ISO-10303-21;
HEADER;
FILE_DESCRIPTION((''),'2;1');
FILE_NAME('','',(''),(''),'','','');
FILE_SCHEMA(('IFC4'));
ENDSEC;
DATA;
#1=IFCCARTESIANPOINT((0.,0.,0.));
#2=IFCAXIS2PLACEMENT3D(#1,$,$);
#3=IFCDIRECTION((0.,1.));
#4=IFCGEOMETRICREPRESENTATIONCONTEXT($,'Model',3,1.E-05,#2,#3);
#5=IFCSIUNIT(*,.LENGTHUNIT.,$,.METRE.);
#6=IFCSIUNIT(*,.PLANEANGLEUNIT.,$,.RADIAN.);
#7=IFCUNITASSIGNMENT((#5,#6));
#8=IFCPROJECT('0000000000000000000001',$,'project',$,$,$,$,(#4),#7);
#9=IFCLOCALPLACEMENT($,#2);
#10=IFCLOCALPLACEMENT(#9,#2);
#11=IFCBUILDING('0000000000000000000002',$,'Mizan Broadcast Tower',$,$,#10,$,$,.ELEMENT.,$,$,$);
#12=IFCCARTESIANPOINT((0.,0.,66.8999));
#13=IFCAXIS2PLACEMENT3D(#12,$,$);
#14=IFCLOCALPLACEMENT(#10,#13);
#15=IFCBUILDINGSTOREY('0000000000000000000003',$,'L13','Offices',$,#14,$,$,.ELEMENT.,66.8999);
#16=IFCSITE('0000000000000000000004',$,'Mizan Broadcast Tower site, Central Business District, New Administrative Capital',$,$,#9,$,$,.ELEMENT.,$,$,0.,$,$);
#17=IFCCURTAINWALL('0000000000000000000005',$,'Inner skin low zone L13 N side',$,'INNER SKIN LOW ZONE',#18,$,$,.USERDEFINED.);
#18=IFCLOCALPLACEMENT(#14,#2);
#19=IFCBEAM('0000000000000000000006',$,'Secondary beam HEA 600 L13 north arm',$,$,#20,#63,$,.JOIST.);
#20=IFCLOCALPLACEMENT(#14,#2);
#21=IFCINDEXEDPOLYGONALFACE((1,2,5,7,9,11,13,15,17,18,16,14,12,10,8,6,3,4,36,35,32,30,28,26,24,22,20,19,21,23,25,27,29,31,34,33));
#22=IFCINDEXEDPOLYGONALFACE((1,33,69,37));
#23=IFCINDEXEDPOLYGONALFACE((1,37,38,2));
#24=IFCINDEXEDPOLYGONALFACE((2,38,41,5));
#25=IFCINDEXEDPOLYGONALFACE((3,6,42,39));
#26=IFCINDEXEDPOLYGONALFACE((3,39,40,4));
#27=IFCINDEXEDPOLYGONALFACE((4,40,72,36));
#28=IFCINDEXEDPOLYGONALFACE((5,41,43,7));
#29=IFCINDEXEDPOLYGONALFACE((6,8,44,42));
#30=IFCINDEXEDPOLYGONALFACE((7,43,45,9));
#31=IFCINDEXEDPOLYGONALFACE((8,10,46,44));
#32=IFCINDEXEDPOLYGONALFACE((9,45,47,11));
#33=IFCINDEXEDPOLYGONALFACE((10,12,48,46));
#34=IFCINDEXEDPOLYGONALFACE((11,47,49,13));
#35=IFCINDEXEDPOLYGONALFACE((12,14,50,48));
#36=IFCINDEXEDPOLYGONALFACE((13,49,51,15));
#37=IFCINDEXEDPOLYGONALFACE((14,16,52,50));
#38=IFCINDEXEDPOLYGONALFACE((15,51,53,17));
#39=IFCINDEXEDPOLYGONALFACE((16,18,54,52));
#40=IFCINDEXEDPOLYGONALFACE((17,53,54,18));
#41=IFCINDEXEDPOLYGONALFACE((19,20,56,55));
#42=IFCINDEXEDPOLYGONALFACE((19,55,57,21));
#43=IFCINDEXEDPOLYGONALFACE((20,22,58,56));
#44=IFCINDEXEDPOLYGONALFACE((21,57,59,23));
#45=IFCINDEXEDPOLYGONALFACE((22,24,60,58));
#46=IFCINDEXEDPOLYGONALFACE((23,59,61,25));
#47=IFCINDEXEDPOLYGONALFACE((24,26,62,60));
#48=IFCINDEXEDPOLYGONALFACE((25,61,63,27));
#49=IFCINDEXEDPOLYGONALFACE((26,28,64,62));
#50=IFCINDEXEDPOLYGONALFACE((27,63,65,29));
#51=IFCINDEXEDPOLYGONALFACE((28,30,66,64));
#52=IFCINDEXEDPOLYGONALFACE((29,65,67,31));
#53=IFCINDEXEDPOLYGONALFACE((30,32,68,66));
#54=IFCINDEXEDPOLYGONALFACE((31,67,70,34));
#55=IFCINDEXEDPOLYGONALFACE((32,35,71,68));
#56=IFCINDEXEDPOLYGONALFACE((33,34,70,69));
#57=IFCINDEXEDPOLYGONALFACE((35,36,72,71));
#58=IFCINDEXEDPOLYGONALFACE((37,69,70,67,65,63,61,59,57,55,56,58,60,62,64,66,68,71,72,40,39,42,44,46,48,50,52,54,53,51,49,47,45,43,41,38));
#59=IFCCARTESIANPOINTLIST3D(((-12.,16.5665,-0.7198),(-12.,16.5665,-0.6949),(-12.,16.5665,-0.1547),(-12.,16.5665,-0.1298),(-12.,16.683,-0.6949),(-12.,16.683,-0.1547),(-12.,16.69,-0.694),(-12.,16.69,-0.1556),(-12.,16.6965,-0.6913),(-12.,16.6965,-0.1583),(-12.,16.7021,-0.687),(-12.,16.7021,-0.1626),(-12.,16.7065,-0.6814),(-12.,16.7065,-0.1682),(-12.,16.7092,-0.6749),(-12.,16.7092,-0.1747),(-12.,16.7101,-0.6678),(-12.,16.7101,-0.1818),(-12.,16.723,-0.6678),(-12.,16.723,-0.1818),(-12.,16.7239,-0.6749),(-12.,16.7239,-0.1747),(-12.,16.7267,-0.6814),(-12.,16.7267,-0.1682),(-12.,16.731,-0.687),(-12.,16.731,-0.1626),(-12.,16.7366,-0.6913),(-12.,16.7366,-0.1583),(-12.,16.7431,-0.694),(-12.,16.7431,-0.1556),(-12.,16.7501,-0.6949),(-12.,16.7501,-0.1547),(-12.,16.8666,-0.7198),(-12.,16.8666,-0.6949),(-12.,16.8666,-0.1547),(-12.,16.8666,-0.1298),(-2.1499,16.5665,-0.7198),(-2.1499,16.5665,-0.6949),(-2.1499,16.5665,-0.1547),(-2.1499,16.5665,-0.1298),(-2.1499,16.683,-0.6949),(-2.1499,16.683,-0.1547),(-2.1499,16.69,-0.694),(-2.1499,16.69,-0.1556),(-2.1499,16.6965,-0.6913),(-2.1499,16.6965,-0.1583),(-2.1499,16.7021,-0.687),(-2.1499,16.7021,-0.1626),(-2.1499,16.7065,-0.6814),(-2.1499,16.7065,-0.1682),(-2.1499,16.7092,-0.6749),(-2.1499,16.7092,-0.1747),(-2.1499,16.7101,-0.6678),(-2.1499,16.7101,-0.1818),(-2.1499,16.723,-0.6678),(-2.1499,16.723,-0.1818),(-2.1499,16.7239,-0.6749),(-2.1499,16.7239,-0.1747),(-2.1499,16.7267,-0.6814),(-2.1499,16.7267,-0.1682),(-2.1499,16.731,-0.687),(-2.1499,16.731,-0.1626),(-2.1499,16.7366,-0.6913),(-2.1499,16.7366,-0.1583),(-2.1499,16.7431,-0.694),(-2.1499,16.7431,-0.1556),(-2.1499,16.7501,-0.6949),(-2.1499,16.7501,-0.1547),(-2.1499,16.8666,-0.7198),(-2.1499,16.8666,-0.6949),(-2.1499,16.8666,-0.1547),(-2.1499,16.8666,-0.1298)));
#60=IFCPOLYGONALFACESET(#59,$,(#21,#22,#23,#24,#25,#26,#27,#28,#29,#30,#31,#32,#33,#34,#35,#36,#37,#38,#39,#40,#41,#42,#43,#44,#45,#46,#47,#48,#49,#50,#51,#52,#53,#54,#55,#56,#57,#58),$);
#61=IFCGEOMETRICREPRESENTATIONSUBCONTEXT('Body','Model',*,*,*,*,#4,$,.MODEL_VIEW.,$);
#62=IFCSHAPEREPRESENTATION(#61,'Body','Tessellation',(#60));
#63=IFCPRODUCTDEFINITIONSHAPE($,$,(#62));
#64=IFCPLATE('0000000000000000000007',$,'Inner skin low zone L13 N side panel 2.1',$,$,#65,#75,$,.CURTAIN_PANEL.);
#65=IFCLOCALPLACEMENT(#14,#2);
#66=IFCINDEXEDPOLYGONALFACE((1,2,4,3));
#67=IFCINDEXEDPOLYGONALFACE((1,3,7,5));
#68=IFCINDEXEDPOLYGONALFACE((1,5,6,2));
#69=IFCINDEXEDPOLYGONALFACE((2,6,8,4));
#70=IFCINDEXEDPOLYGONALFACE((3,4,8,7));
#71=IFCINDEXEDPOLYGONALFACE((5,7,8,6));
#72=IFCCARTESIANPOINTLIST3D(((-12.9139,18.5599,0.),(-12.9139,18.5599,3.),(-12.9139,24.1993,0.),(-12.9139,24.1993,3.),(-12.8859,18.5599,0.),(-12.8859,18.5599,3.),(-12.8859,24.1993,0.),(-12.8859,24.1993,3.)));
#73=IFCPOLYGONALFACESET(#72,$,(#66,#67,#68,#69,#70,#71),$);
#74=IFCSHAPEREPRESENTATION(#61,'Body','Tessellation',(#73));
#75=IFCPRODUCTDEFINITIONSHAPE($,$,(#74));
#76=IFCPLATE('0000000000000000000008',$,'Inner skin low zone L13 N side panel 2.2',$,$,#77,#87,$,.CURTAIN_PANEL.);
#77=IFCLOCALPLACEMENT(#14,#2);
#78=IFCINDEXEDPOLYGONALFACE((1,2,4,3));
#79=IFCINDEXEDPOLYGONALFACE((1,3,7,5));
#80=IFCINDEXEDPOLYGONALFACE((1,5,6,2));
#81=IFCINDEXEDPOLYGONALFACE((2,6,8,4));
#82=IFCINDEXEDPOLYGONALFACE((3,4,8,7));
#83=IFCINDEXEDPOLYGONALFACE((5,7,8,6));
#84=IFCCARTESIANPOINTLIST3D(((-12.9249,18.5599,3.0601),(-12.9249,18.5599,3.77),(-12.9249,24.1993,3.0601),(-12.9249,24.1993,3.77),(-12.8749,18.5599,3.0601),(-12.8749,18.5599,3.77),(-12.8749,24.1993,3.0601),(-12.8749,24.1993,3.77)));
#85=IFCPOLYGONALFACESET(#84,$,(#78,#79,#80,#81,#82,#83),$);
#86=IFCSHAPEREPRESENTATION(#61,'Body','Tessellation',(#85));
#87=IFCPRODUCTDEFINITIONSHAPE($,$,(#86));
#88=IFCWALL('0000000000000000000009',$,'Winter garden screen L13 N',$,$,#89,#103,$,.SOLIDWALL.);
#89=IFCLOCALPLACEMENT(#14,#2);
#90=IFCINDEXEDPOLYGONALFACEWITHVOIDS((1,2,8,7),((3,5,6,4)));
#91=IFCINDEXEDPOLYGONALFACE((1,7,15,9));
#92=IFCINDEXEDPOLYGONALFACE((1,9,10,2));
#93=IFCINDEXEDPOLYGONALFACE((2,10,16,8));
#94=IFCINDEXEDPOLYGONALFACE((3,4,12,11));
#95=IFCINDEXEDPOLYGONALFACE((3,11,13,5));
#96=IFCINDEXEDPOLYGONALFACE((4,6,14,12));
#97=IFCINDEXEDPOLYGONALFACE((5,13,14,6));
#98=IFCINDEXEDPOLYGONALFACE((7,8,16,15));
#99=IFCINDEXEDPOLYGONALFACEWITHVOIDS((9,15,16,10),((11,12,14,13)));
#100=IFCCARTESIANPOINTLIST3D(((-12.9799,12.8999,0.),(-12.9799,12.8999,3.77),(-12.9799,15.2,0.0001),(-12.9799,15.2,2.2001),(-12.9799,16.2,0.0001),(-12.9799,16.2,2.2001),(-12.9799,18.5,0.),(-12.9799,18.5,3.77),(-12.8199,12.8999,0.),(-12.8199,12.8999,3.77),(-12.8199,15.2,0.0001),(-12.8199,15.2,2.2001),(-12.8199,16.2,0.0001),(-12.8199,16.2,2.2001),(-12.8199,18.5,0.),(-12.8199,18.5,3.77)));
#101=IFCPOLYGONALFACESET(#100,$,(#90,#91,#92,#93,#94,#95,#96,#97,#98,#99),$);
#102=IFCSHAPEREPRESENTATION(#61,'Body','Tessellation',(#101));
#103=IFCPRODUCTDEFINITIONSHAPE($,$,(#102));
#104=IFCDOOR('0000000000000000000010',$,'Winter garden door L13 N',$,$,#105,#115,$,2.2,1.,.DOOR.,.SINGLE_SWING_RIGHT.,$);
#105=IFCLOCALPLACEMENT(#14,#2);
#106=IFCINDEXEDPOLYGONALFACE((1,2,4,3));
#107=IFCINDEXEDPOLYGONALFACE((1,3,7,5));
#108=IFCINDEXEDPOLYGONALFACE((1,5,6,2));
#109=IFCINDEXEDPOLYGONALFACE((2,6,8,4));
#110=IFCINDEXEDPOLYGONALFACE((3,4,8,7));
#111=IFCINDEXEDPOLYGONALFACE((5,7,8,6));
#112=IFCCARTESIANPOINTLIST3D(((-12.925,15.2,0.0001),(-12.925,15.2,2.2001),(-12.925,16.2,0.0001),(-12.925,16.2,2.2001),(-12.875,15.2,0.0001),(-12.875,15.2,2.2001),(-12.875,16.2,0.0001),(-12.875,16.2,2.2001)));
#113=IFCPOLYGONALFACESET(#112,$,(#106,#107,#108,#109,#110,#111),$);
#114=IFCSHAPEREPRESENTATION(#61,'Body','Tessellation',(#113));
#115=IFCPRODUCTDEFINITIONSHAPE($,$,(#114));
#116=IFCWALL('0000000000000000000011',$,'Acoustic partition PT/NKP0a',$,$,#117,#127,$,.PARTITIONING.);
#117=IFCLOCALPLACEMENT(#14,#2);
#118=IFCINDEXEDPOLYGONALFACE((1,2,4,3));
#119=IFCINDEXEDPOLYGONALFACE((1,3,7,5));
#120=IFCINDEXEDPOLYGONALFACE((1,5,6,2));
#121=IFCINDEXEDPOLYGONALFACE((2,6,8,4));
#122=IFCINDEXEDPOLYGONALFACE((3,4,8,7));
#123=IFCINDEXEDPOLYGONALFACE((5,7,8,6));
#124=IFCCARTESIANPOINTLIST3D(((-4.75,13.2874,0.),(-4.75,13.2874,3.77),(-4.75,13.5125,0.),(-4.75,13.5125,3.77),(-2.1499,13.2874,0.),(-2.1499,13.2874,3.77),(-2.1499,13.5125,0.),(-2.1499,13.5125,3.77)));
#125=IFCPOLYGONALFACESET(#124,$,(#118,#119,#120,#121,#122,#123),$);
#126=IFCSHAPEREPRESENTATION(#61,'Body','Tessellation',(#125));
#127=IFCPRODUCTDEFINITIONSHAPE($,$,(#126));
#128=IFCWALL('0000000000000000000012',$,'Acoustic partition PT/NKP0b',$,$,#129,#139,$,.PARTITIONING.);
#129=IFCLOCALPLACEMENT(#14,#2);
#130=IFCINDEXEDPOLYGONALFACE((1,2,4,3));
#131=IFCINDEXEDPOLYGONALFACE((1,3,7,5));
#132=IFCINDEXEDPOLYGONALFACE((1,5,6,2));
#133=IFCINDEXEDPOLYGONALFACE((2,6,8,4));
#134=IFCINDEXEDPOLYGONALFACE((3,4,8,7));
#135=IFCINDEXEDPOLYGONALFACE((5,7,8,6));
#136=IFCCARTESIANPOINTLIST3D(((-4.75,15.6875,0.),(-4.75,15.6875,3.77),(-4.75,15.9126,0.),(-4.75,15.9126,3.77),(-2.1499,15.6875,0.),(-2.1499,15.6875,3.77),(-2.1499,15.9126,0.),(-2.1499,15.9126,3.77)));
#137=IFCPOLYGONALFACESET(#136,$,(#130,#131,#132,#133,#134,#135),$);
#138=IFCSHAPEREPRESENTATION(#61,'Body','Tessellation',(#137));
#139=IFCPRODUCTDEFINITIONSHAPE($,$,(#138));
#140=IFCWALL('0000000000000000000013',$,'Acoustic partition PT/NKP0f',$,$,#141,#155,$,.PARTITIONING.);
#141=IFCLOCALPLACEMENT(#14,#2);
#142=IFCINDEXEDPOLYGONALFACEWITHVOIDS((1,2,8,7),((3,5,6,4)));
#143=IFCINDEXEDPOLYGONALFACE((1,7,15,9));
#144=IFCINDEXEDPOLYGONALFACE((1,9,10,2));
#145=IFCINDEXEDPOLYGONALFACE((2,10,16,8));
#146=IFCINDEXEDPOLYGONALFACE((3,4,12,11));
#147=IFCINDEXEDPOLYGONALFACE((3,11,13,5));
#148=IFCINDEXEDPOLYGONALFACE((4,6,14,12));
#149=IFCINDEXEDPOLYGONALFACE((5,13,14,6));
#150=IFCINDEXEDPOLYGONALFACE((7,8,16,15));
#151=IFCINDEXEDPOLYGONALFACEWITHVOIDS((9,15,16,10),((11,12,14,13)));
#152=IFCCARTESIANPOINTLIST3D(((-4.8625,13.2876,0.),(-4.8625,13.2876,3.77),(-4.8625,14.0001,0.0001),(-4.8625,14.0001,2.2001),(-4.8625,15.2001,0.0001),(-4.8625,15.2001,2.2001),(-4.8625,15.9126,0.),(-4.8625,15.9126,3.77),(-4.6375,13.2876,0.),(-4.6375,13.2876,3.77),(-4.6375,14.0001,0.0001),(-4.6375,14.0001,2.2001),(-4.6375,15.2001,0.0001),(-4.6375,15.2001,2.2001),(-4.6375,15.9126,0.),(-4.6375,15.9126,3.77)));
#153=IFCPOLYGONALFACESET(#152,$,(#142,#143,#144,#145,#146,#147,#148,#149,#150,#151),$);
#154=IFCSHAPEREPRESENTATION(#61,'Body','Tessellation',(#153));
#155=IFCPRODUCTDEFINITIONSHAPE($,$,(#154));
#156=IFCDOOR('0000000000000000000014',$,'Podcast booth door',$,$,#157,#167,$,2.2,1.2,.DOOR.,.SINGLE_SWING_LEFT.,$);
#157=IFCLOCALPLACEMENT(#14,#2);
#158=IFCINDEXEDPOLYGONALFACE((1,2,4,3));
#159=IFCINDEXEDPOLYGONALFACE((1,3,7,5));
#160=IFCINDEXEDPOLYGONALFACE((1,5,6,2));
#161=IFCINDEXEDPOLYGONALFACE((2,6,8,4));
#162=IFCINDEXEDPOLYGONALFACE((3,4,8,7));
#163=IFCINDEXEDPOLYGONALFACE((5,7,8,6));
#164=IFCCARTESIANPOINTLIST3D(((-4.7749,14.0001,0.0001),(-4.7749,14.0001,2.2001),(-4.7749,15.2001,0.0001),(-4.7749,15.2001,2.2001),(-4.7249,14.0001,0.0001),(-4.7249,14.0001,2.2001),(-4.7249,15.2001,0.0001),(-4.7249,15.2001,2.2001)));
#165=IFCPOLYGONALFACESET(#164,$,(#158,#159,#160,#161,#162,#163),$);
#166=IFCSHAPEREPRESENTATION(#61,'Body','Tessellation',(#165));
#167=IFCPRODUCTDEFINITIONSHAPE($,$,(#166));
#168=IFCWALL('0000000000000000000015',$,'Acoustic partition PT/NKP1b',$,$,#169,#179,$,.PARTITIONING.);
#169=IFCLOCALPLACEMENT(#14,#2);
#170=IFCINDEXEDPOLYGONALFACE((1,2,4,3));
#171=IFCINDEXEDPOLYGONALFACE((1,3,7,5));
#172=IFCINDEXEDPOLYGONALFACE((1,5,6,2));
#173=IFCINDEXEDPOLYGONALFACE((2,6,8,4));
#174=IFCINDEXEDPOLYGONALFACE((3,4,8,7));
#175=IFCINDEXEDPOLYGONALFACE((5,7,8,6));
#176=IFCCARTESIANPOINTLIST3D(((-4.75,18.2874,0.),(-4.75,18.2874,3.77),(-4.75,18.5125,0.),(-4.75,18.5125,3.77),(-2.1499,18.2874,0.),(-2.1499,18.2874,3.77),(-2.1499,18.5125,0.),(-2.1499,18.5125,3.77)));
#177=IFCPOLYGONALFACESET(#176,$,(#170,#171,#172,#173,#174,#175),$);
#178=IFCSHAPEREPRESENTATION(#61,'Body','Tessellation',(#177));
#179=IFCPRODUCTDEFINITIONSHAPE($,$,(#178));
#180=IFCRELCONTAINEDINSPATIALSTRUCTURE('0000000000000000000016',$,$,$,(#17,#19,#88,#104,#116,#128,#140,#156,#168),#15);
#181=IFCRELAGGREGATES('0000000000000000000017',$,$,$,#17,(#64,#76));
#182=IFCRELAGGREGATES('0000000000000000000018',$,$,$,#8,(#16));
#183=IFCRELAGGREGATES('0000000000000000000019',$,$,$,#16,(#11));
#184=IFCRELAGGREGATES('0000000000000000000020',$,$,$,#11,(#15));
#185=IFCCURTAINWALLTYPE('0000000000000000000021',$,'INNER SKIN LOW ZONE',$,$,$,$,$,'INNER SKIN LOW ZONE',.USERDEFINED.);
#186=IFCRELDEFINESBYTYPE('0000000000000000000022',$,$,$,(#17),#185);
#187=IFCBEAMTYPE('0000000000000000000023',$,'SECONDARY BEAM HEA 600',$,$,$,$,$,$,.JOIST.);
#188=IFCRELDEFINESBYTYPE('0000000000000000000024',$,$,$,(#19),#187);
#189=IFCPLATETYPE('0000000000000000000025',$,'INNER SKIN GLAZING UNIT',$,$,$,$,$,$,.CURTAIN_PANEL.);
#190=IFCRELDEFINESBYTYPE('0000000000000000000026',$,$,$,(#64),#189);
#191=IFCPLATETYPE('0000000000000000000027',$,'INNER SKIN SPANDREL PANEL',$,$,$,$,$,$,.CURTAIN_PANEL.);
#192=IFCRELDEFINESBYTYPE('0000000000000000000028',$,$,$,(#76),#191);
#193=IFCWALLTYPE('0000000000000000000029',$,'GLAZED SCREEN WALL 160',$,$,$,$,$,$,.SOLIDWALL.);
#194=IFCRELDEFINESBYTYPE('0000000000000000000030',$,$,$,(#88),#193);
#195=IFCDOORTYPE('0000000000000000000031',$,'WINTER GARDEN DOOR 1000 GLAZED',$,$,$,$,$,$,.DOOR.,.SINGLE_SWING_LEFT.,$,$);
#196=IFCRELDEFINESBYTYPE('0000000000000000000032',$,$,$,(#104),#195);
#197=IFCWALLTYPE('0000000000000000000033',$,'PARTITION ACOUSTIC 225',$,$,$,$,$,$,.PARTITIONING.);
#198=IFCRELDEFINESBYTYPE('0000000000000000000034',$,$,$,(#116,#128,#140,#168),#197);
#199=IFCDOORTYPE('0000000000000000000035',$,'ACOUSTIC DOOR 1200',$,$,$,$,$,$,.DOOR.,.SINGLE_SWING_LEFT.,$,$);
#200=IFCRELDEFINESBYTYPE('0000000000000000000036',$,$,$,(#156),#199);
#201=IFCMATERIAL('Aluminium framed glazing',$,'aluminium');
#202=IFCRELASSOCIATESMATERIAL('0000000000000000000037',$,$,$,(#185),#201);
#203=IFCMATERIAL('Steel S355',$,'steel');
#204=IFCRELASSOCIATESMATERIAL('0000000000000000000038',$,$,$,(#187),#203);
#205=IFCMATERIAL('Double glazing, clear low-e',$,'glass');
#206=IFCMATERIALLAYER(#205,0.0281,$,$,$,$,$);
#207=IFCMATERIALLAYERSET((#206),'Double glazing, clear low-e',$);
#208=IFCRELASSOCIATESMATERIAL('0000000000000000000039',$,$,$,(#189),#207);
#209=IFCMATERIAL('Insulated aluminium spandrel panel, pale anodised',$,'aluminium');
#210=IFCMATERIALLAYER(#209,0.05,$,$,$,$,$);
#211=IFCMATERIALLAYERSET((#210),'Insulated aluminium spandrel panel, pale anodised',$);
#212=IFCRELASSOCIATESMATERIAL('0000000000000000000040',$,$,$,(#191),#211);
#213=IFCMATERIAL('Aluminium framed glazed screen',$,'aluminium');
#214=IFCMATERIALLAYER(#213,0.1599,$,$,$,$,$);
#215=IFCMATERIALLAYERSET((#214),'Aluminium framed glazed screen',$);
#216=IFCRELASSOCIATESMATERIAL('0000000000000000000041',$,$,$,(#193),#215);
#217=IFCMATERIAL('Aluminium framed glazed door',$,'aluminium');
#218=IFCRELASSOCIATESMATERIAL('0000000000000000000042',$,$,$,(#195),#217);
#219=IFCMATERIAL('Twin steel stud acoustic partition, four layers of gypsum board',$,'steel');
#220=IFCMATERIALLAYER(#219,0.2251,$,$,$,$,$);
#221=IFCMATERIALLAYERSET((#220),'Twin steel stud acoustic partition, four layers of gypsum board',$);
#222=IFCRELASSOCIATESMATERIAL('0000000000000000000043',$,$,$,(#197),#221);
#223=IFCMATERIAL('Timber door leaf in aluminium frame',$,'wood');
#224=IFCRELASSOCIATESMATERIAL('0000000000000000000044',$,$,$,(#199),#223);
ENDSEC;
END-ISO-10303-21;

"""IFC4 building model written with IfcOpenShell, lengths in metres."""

from ifc_helpers import new_model, si_unit, direction, frame, frame_2d, origin, origin_2d, place, context, subcontext, project, spatial, rectangle, i_section, extrude, material, layer, layer_set, material_profile, profile_set, type_object, element, fill, aggregate, save


model = new_model("IFC4")

# Units and contexts
model_context = context("Model", 3, precision=1e-05, world=origin(), true_north=direction((0.0, 1.0)))
body_context = subcontext(model_context, "Body", "Model", "MODEL_VIEW")
ifc_project = project(units=[si_unit("LENGTHUNIT", "METRE"), si_unit("PLANEANGLEUNIT", "RADIAN")], contexts=[model_context])

# Site, building, storey
site_placement = place(None, origin())
site = spatial("IfcSite", under=ifc_project, at=site_placement, Name="Mizan Broadcast Tower site, Central Business District, New Administrative Capital", CompositionType="ELEMENT", RefElevation=0.0)
building_placement = place(site_placement, origin())
building = spatial("IfcBuilding", under=site, at=building_placement, Name="Mizan Broadcast Tower", CompositionType="ELEMENT")
storey_placement = place(building_placement, frame((0.0, 0.0, 66.8999)))
storey = spatial("IfcBuildingStorey", under=building, at=storey_placement, Name="L13", Description="Offices", CompositionType="ELEMENT", Elevation=66.8999)

# Curtain wall
ifc_material_1 = material(Name="Aluminium framed glazing", Category="aluminium")
curtain_wall_type = type_object("IfcCurtainWallType", Name="INNER SKIN LOW ZONE", ElementType="INNER SKIN LOW ZONE", PredefinedType="USERDEFINED", material=ifc_material_1)
curtain_wall_placement = place(storey_placement, origin())
curtain_wall = element("IfcCurtainWall", 1, at=curtain_wall_placement, inside=storey, type_object=curtain_wall_type, Name="Inner skin low zone L13 N side", ObjectType="INNER SKIN LOW ZONE", PredefinedType="USERDEFINED")

# Beam
ifc_material_2 = material(Name="Steel S355", Category="steel")
ifc_material_profile_1 = material_profile(ifc_material_2, i_section(OverallWidth=0.3, OverallDepth=0.5901, WebThickness=0.0129, FlangeThickness=0.0249, FilletRadius=0.0271, at=origin_2d()), Name="HEA 600")
ifc_profile_set_1 = profile_set([ifc_material_profile_1], Name="Steel S355")
beam_type_1 = type_object("IfcBeamType", Name="SECONDARY BEAM HEA 600", PredefinedType="JOIST", material=ifc_profile_set_1)
for number, where, z_axis, x_axis, name in (
    (2, (-12.0, 16.7166, -0.4248), (1.0, 0.0, 0.0), (0.0, 1.0, 0.0), "Secondary beam HEA 600 L13 north arm"),
):
    element("IfcBeam", number, at=place(storey_placement, frame(where, z_axis=z_axis, x_axis=x_axis)), inside=storey, type_object=beam_type_1, Name=name, PredefinedType="JOIST", context=body_context, shape_type="SweptSolid", body=[
        extrude(i_section(OverallWidth=0.3, OverallDepth=0.5901, WebThickness=0.0129, FlangeThickness=0.0249, FilletRadius=0.0271, at=origin_2d()), origin(), (0.0, 0.0, 1.0), 9.8501),
    ])

# Plates
ifc_material_3 = material(Name="Double glazing, clear low-e", Category="glass")
ifc_layer_1 = layer(ifc_material_3, 0.0281)
ifc_layer_set_1 = layer_set([ifc_layer_1], Name="Double glazing, clear low-e")
plate_type_1 = type_object("IfcPlateType", Name="INNER SKIN GLAZING UNIT", PredefinedType="CURTAIN_PANEL", material=ifc_layer_set_1)
plate_1_placement = place(storey_placement, frame((-12.8999, 21.3796, 0.0), z_axis=(0.0, 0.0, 1.0), x_axis=(0.0, -1.0, 0.0)))
plate_1 = element("IfcPlate", 3, at=plate_1_placement, type_object=plate_type_1, Name="Inner skin low zone L13 N side panel 2.1", PredefinedType="CURTAIN_PANEL", context=body_context, shape_type="SweptSolid", body=[
    extrude(rectangle(XDim=5.6394, YDim=0.0281, at=origin_2d()), origin(), (0.0, 0.0, 1.0), 3.0),
])
ifc_material_4 = material(Name="Insulated aluminium spandrel panel, pale anodised", Category="aluminium")
ifc_layer_2 = layer(ifc_material_4, 0.05)
ifc_layer_set_2 = layer_set([ifc_layer_2], Name="Insulated aluminium spandrel panel, pale anodised")
plate_type_2 = type_object("IfcPlateType", Name="INNER SKIN SPANDREL PANEL", PredefinedType="CURTAIN_PANEL", material=ifc_layer_set_2)
plate_2_placement = place(storey_placement, frame((-12.8999, 21.3796, 3.0601), z_axis=(0.0, 0.0, 1.0), x_axis=(0.0, -1.0, 0.0)))
plate_2 = element("IfcPlate", 4, at=plate_2_placement, type_object=plate_type_2, Name="Inner skin low zone L13 N side panel 2.2", PredefinedType="CURTAIN_PANEL", context=body_context, shape_type="SweptSolid", body=[
    extrude(rectangle(XDim=5.6394, YDim=0.05, at=origin_2d()), origin(), (0.0, 0.0, 1.0), 0.71),
])
aggregate(curtain_wall, [plate_1, plate_2])

# Wall, opening, door
ifc_material_5 = material(Name="Aluminium framed glazed screen", Category="aluminium")
ifc_layer_3 = layer(ifc_material_5, 0.1599)
ifc_layer_set_3 = layer_set([ifc_layer_3], Name="Aluminium framed glazed screen")
wall_type_1 = type_object("IfcWallType", Name="GLAZED SCREEN WALL 160", PredefinedType="SOLIDWALL", material=ifc_layer_set_3)
wall_1_placement = place(storey_placement, frame((-12.8999, 18.5, 0.0), z_axis=(0.0, 0.0, 1.0), x_axis=(0.0, -1.0, 0.0)))
wall_1 = element("IfcWall", 5, at=wall_1_placement, inside=storey, type_object=wall_type_1, Name="Winter garden screen L13 N", PredefinedType="SOLIDWALL", context=body_context, shape_type="SweptSolid", body=[
    extrude(rectangle(XDim=5.6001, YDim=0.1599, at=frame_2d((2.8, 0.0))), origin(), (0.0, 0.0, 1.0), 3.77),
])
opening_1_placement = place(wall_1_placement, frame((2.3, 0.0, 0.0)))
opening_1 = element("IfcOpeningElement", 6, at=opening_1_placement, cuts=wall_1, PredefinedType="OPENING", context=body_context, shape_type="SweptSolid", body=[
    extrude(rectangle(XDim=1.0, YDim=2.2, at=frame_2d((0.5, 1.1001))), frame((0.0, 0.0898, 0.0), z_axis=(0.0, -1.0, 0.0), x_axis=(1.0, 0.0, 0.0)), (0.0, 0.0, 1.0), 0.1799),
])
ifc_material_6 = material(Name="Aluminium framed glazed door", Category="aluminium")
door_type_1 = type_object("IfcDoorType", Name="WINTER GARDEN DOOR 1000 GLAZED", OperationType="SINGLE_SWING_LEFT", PredefinedType="DOOR", material=ifc_material_6)
door_1_placement = place(opening_1_placement, origin())
door_1 = element("IfcDoor", 7, at=door_1_placement, inside=storey, type_object=door_type_1, Name="Winter garden door L13 N", OperationType="SINGLE_SWING_RIGHT", OverallHeight=2.2, OverallWidth=1.0, PredefinedType="DOOR", context=body_context, shape_type="SweptSolid", body=[
    extrude(rectangle(XDim=1.0, YDim=2.2, at=frame_2d((0.5, 1.1001))), frame((0.0, 0.0249, 0.0), z_axis=(0.0, -1.0, 0.0), x_axis=(1.0, 0.0, 0.0)), (0.0, 0.0, 1.0), 0.05),
])
fill(opening_1, door_1)

# Walls
ifc_material_7 = material(Name="Twin steel stud acoustic partition, four layers of gypsum board", Category="steel")
ifc_layer_4 = layer(ifc_material_7, 0.2251)
ifc_layer_set_4 = layer_set([ifc_layer_4], Name="Twin steel stud acoustic partition, four layers of gypsum board")
wall_type_2 = type_object("IfcWallType", Name="PARTITION ACOUSTIC 225", PredefinedType="PARTITIONING", material=ifc_layer_set_4)
for number, where, z_axis, x_axis, name in (
    (8, (-2.1499, 13.3999, 0.0), (0.0, 0.0, 1.0), (-1.0, 0.0, 0.0), "Acoustic partition PT/NKP0a"),
    (9, (-2.1499, 15.8, 0.0), (0.0, 0.0, 1.0), (-1.0, 0.0, 0.0), "Acoustic partition PT/NKP0b"),
):
    element("IfcWall", number, at=place(storey_placement, frame(where, z_axis=z_axis, x_axis=x_axis)), inside=storey, type_object=wall_type_2, Name=name, PredefinedType="PARTITIONING", context=body_context, shape_type="SweptSolid", body=[
        extrude(rectangle(XDim=2.6001, YDim=0.2251, at=frame_2d((1.3, 0.0))), origin(), (0.0, 0.0, 1.0), 3.77),
    ])

# Wall, opening, door
wall_2_placement = place(storey_placement, frame((-4.75, 13.2876, 0.0), z_axis=(0.0, 0.0, 1.0), x_axis=(0.0, 1.0, 0.0)))
wall_2 = element("IfcWall", 10, at=wall_2_placement, inside=storey, type_object=wall_type_2, Name="Acoustic partition PT/NKP0f", PredefinedType="PARTITIONING", context=body_context, shape_type="SweptSolid", body=[
    extrude(rectangle(XDim=2.625, YDim=0.2251, at=frame_2d((1.3125, 0.0))), origin(), (0.0, 0.0, 1.0), 3.77),
])
opening_2_placement = place(wall_2_placement, frame((0.7124, 0.0, 0.0)))
opening_2 = element("IfcOpeningElement", 11, at=opening_2_placement, cuts=wall_2, PredefinedType="OPENING", context=body_context, shape_type="SweptSolid", body=[
    extrude(rectangle(XDim=1.2, YDim=2.2, at=frame_2d((0.6001, 1.1001))), frame((0.0, 0.1226, 0.0), z_axis=(0.0, -1.0, 0.0), x_axis=(1.0, 0.0, 0.0)), (0.0, 0.0, 1.0), 0.2451),
])
ifc_material_8 = material(Name="Timber door leaf in aluminium frame", Category="wood")
door_type_2 = type_object("IfcDoorType", Name="ACOUSTIC DOOR 1200", OperationType="SINGLE_SWING_LEFT", PredefinedType="DOOR", material=ifc_material_8)
door_2_placement = place(opening_2_placement, origin())
door_2 = element("IfcDoor", 12, at=door_2_placement, inside=storey, type_object=door_type_2, Name="Podcast booth door", OperationType="SINGLE_SWING_LEFT", OverallHeight=2.2, OverallWidth=1.2, PredefinedType="DOOR", context=body_context, shape_type="SweptSolid", body=[
    extrude(rectangle(XDim=1.2, YDim=2.2, at=frame_2d((0.6001, 1.1001))), frame((0.0, 0.0249, 0.0), z_axis=(0.0, -1.0, 0.0), x_axis=(1.0, 0.0, 0.0)), (0.0, 0.0, 1.0), 0.05),
])
fill(opening_2, door_2)

# Wall
wall_3_placement = place(storey_placement, frame((-2.1499, 18.3999, 0.0), z_axis=(0.0, 0.0, 1.0), x_axis=(-1.0, 0.0, 0.0)))
element("IfcWall", 13, at=wall_3_placement, inside=storey, type_object=wall_type_2, Name="Acoustic partition PT/NKP1b", PredefinedType="PARTITIONING", context=body_context, shape_type="SweptSolid", body=[
    extrude(rectangle(XDim=2.6001, YDim=0.2251, at=frame_2d((1.3, 0.0))), origin(), (0.0, 0.0, 1.0), 3.77),
])

save(model, "model.ifc")
